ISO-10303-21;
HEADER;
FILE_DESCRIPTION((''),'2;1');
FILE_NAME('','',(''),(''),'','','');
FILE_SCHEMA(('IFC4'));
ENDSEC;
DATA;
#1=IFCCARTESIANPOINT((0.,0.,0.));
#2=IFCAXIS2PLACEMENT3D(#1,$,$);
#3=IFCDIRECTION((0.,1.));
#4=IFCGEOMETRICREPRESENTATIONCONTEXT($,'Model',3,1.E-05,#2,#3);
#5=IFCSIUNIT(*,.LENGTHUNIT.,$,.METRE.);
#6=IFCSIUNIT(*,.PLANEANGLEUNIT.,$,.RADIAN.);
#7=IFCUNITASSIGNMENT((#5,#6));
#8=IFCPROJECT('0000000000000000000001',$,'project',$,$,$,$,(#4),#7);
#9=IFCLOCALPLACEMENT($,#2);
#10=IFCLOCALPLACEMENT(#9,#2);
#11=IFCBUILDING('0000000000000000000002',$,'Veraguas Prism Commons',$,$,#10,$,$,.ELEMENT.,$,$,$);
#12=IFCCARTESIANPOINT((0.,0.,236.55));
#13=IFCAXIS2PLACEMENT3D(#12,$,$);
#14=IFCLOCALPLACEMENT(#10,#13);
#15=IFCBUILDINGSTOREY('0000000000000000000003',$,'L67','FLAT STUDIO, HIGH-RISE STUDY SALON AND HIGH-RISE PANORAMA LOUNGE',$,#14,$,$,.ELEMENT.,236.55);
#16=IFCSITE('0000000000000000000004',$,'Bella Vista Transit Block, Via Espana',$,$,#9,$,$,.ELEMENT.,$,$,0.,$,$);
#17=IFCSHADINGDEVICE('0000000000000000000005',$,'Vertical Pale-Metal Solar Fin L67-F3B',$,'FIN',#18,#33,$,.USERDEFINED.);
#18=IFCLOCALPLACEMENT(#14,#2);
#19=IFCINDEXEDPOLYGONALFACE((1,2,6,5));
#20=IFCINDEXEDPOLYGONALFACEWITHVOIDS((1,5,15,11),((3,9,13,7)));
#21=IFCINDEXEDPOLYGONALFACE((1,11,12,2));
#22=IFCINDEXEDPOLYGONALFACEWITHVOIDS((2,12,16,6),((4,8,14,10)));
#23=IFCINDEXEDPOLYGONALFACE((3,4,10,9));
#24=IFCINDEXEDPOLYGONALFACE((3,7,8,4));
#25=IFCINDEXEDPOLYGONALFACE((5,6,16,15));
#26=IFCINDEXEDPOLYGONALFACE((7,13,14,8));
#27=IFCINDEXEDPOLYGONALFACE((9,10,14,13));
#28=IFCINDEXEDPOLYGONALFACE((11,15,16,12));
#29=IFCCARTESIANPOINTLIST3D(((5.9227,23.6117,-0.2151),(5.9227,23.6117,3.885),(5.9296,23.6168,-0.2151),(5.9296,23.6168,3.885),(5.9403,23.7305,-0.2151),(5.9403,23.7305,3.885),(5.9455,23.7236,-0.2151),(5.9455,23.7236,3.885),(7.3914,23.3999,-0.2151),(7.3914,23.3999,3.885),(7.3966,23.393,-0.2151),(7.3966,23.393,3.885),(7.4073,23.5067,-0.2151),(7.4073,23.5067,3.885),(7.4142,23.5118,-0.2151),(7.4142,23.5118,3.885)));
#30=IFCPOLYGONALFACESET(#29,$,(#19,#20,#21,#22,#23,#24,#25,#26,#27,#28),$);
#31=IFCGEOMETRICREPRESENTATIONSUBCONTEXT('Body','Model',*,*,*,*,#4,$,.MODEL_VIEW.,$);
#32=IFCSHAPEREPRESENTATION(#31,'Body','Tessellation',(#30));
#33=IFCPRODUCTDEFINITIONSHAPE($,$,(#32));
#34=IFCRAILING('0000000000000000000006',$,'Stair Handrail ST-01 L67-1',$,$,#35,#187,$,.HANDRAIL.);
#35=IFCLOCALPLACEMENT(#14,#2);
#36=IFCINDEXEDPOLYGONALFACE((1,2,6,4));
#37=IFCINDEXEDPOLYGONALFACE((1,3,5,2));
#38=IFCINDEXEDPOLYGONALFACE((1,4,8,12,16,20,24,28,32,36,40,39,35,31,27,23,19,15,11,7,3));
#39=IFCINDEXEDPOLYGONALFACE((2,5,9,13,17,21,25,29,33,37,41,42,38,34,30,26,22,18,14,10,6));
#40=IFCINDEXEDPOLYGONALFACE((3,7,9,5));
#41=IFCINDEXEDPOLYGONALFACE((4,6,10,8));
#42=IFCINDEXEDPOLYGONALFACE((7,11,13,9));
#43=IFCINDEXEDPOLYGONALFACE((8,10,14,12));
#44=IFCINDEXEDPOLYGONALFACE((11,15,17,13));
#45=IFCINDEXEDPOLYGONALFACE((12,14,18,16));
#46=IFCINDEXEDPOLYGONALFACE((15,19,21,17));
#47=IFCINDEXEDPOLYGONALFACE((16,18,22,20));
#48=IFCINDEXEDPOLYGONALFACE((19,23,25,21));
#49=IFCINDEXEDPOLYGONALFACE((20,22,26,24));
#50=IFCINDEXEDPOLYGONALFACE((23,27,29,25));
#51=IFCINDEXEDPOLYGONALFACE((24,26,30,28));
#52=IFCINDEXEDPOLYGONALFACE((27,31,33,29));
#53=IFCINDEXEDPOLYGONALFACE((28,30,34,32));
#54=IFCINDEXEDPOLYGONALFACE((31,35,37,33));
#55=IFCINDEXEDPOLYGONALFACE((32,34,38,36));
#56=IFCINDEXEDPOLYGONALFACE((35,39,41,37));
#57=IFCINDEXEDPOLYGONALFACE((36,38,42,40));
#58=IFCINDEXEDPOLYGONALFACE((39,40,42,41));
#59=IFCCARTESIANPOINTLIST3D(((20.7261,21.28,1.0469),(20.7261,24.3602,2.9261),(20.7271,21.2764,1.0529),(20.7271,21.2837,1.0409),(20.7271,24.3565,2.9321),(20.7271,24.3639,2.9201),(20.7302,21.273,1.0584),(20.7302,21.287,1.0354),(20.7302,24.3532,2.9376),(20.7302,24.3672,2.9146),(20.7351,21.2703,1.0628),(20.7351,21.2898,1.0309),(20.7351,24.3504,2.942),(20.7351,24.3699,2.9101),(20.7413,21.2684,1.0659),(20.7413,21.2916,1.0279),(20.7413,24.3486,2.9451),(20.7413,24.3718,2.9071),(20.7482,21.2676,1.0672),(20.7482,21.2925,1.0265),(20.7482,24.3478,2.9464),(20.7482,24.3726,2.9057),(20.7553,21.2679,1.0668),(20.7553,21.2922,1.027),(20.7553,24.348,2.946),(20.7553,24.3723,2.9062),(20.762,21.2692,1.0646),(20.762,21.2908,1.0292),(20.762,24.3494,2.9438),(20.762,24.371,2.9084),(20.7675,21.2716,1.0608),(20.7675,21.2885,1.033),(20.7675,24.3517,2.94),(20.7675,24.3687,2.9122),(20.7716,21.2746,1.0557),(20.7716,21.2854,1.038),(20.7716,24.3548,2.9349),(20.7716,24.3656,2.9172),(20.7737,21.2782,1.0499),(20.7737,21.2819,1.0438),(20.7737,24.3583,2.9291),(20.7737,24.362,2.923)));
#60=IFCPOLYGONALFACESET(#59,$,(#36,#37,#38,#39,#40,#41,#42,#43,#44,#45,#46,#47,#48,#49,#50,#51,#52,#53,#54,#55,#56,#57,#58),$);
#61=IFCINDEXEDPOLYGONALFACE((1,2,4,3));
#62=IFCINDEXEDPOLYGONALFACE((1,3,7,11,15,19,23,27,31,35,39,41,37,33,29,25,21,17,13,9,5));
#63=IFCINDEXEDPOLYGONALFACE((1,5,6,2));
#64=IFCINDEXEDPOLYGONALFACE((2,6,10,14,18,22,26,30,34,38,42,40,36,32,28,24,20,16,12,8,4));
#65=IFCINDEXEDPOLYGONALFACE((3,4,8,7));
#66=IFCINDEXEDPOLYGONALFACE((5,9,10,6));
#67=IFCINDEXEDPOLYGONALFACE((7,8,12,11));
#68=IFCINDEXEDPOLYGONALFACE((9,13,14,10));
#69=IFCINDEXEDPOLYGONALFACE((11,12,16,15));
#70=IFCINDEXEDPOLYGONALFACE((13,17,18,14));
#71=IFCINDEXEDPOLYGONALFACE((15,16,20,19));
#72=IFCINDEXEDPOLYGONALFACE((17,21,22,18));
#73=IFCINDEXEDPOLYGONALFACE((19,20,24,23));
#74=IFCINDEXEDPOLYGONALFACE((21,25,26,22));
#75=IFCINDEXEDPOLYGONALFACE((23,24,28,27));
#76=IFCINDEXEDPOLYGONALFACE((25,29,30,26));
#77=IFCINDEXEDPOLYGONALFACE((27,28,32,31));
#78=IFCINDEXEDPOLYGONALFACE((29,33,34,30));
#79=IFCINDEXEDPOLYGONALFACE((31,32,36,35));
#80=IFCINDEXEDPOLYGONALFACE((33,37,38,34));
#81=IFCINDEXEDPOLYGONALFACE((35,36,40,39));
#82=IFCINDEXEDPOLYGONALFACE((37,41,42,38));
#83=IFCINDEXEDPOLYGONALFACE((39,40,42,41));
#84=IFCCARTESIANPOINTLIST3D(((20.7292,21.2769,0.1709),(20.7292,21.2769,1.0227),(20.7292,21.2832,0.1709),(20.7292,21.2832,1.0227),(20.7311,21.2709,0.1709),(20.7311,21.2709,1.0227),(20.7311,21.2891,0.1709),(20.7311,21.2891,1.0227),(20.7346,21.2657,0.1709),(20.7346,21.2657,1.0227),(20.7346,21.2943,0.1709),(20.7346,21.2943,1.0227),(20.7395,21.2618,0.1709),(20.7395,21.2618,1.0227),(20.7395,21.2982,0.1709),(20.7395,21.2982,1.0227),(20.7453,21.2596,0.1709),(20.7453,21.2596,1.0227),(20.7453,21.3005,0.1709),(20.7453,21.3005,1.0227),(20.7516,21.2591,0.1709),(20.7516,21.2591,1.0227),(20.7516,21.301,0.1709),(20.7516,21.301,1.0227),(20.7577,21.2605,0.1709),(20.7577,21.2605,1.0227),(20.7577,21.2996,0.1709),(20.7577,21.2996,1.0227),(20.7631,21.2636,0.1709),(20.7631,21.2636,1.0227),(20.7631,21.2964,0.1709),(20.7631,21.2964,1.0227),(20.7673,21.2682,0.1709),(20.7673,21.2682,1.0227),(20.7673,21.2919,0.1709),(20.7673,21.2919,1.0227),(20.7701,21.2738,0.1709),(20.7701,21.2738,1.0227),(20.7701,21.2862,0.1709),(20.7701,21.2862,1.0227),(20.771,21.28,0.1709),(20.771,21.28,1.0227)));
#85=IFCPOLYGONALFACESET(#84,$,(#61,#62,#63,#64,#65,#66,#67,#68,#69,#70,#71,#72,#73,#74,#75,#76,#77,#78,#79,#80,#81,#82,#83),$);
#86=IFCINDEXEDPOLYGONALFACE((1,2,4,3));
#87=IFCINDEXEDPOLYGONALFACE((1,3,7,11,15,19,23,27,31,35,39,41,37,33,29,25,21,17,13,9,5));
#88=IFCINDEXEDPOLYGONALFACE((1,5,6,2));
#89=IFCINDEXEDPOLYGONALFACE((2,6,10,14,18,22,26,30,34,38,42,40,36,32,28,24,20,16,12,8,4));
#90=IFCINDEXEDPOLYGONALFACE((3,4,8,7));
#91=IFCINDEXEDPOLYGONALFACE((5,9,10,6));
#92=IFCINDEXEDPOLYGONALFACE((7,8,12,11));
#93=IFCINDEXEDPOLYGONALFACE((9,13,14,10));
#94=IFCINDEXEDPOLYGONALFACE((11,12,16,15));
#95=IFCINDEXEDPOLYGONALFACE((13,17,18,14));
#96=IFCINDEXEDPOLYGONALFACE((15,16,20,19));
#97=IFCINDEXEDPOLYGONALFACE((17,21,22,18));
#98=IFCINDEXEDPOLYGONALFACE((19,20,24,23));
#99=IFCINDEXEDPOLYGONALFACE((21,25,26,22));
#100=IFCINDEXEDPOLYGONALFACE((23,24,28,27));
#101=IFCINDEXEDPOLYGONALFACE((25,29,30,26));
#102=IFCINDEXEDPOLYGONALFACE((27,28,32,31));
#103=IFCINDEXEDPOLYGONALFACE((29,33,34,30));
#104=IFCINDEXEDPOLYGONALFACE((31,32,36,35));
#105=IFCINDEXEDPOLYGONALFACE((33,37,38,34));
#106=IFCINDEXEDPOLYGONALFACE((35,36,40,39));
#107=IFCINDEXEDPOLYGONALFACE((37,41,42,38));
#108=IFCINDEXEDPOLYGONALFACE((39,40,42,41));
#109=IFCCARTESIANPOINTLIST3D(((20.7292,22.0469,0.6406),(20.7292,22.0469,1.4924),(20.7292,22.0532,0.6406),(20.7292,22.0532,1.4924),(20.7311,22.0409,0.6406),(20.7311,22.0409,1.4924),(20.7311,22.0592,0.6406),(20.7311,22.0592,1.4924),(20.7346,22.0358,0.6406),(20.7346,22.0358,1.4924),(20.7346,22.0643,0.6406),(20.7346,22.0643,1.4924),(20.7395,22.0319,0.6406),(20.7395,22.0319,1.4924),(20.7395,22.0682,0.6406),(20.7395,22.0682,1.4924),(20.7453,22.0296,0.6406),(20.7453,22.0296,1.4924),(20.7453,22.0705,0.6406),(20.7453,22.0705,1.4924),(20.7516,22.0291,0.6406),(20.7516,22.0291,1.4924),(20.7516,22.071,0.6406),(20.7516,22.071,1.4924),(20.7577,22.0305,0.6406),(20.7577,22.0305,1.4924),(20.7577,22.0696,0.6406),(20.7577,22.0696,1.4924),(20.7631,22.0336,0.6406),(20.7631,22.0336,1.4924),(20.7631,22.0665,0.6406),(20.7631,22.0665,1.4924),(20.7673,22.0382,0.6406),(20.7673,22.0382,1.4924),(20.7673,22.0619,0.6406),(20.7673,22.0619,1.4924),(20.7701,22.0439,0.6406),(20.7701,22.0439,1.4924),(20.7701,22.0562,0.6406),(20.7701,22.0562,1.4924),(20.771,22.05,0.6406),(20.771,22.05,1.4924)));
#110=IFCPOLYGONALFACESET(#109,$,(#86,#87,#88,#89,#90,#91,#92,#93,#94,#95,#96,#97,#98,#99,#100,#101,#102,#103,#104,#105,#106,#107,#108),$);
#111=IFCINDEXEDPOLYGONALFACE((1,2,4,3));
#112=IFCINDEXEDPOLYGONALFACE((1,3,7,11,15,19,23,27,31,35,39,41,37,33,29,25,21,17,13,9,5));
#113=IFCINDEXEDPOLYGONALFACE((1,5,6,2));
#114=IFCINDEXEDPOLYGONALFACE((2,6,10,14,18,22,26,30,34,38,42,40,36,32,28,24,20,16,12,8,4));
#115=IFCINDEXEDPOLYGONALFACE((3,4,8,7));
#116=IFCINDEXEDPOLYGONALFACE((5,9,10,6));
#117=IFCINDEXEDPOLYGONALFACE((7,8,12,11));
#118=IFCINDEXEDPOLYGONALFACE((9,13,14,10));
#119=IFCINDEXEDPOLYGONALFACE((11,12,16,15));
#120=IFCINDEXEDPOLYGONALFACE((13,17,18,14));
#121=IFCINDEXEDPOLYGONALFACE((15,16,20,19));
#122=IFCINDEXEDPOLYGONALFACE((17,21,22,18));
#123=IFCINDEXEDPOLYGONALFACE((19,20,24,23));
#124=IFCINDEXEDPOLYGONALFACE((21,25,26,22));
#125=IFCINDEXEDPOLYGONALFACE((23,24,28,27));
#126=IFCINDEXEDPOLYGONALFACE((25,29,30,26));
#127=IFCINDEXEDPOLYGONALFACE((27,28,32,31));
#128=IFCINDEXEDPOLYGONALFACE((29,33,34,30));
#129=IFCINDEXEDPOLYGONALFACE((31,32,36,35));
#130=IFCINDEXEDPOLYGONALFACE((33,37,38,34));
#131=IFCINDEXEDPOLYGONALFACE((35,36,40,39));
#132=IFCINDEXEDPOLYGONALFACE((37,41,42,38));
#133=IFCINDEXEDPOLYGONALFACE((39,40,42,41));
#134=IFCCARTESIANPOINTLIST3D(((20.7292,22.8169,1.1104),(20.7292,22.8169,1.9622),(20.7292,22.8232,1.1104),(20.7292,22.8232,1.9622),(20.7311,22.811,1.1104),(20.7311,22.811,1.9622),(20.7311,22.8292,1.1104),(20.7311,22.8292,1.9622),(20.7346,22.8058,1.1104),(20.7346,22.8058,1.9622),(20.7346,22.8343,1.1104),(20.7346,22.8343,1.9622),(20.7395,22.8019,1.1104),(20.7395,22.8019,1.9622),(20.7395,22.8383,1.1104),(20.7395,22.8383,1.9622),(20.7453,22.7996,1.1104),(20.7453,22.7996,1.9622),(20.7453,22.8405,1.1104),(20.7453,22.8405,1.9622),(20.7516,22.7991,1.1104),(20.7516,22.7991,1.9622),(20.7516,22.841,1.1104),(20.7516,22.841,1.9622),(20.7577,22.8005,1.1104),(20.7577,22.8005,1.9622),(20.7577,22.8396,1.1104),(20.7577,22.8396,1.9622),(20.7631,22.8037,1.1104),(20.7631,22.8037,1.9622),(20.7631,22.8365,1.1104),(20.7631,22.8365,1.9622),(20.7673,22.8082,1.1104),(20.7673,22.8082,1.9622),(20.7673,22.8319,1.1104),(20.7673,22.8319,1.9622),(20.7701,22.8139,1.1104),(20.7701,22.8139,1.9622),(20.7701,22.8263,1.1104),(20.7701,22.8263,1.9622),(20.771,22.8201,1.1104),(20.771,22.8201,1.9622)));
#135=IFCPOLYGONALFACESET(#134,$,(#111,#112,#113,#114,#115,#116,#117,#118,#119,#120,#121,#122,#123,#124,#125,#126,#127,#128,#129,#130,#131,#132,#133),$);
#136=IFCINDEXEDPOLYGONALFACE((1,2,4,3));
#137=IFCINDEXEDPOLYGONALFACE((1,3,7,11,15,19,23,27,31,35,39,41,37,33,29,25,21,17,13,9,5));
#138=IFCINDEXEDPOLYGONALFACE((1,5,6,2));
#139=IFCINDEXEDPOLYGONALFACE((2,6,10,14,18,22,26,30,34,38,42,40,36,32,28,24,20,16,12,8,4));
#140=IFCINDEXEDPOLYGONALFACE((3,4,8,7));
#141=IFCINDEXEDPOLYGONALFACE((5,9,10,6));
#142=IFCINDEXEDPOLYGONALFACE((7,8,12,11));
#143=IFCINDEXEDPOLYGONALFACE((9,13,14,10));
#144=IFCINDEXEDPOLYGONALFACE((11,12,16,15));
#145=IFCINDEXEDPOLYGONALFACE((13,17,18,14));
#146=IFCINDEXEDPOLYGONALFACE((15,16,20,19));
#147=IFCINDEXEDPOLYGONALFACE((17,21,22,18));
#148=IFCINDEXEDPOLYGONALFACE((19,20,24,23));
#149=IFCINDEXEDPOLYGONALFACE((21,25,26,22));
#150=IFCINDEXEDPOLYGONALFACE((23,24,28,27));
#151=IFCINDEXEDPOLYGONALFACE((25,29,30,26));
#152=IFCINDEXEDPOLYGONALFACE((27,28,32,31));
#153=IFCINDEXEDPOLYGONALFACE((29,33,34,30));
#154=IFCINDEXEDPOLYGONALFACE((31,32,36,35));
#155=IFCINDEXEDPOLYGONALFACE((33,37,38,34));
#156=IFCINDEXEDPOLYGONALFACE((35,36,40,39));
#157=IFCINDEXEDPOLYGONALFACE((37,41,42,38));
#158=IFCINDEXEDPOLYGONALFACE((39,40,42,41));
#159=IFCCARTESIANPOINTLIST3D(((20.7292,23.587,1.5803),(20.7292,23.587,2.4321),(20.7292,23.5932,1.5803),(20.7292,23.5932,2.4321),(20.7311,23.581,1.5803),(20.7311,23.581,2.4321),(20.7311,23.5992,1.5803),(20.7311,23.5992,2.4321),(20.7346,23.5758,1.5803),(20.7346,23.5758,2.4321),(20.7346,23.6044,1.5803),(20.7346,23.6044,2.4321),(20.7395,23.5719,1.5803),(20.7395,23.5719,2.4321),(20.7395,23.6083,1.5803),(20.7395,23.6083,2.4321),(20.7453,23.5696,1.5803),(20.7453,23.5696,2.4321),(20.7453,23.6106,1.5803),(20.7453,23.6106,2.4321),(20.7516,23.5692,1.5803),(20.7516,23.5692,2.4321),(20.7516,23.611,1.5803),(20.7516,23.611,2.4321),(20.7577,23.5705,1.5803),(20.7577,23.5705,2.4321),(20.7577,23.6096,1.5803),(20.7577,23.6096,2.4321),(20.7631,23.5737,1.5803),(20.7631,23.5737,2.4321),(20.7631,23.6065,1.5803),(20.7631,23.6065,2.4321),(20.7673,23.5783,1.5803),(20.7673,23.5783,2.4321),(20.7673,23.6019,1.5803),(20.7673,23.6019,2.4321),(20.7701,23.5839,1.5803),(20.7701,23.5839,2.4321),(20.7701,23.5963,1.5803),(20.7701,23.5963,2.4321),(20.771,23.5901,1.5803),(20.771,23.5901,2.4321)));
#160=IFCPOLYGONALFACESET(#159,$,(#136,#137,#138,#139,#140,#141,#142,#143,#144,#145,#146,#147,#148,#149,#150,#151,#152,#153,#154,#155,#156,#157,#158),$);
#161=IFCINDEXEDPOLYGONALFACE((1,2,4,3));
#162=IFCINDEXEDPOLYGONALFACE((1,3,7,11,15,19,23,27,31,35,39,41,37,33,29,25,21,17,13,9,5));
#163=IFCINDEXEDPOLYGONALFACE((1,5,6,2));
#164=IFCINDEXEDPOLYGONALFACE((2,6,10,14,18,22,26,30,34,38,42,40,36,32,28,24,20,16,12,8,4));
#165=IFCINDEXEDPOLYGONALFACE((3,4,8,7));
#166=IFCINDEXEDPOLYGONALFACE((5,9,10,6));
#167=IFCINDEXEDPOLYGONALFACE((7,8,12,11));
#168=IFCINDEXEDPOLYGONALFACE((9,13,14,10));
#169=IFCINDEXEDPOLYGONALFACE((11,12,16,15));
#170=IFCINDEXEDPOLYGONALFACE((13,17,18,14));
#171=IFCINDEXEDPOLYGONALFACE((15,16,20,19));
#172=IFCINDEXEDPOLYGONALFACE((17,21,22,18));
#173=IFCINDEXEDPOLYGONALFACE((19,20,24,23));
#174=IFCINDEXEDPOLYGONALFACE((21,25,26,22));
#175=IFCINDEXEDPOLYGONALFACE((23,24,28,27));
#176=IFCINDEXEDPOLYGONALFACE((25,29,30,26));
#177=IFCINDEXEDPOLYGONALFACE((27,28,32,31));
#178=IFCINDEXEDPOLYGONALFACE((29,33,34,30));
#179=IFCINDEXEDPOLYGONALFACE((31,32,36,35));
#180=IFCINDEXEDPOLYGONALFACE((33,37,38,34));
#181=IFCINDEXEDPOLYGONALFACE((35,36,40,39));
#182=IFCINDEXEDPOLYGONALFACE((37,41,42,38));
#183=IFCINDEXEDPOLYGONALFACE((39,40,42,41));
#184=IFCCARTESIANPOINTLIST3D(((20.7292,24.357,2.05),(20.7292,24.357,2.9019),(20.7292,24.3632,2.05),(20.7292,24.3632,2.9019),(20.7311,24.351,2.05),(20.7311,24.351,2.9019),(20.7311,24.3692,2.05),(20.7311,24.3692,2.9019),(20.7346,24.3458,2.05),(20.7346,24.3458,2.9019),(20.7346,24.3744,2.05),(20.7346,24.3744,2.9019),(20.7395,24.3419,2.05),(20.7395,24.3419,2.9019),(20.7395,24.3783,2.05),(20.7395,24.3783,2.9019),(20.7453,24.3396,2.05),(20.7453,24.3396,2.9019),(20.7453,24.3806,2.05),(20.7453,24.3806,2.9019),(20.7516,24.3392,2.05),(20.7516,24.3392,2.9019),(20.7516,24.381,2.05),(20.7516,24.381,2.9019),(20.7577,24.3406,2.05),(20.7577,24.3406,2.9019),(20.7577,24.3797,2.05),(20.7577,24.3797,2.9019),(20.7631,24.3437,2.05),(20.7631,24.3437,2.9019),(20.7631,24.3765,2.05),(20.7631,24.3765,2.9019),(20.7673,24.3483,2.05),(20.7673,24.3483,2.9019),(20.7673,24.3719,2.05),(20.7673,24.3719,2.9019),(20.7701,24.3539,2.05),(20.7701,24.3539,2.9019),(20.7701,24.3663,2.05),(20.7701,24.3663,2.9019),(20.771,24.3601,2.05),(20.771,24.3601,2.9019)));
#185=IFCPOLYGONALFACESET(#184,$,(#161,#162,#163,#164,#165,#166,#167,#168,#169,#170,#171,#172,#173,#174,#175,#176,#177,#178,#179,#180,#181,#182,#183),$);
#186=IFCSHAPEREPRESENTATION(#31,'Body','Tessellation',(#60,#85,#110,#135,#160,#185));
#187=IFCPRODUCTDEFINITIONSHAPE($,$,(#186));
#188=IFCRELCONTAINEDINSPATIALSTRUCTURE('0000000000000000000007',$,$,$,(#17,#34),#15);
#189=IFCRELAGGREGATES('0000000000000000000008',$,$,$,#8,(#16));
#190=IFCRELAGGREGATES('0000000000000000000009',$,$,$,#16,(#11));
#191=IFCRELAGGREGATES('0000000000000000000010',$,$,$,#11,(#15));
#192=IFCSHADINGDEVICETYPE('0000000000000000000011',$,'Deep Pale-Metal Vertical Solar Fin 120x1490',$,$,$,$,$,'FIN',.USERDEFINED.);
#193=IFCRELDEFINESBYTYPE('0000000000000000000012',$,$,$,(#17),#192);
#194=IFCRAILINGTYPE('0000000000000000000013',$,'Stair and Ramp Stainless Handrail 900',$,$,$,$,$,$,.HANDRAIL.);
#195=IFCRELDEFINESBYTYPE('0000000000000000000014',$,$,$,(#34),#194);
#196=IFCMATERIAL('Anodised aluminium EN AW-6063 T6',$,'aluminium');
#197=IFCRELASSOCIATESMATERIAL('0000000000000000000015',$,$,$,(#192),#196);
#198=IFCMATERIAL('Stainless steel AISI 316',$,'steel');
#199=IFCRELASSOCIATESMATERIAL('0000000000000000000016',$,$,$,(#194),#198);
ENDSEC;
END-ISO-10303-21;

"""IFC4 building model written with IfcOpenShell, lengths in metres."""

from ifc_helpers import new_model, si_unit, direction, frame, origin, origin_2d, place, context, subcontext, project, spatial, hollow_rectangle, circle, extrude, material, material_profile, profile_set, type_object, element, save


model = new_model("IFC4")

# Units and contexts
model_context = context("Model", 3, precision=1e-05, world=origin(), true_north=direction((0.0, 1.0)))
body_context = subcontext(model_context, "Body", "Model", "MODEL_VIEW")
ifc_project = project(units=[si_unit("LENGTHUNIT", "METRE"), si_unit("PLANEANGLEUNIT", "RADIAN")], contexts=[model_context])

# Site, building, storey
site_placement = place(None, origin())
site = spatial("IfcSite", under=ifc_project, at=site_placement, Name="Bella Vista Transit Block, Via Espana", CompositionType="ELEMENT", RefElevation=0.0)
building_placement = place(site_placement, origin())
building = spatial("IfcBuilding", under=site, at=building_placement, Name="Veraguas Prism Commons", CompositionType="ELEMENT")
storey_placement = place(building_placement, frame((0.0, 0.0, 236.55)))
storey = spatial("IfcBuildingStorey", under=building, at=storey_placement, Name="L67", Description="FLAT STUDIO, HIGH-RISE STUDY SALON AND HIGH-RISE PANORAMA LOUNGE", CompositionType="ELEMENT", Elevation=236.55)

# Shared definitions
ifc_material_1 = material(Name="Anodised aluminium EN AW-6063 T6", Category="aluminium")

# Shading device
ifc_material_profile_1 = material_profile(ifc_material_1, hollow_rectangle(XDim=0.1201, YDim=1.49, WallThickness=0.0061, at=origin_2d()), Name="FIN120X1490X6")
ifc_profile_set_1 = profile_set([ifc_material_profile_1], Name="Anodised aluminium EN AW-6063 T6")
shading_device_type = type_object("IfcShadingDeviceType", Name="Deep Pale-Metal Vertical Solar Fin 120x1490", ElementType="FIN", PredefinedType="USERDEFINED", material=ifc_profile_set_1)
for number, where, z_axis, x_axis, name in (
    (1, (6.6685, 23.5618, -0.2151), (0.0, 0.0, 1.0), (-0.146772, -0.98917, 0.0), "Vertical Pale-Metal Solar Fin L67-F3B"),
):
    element("IfcShadingDevice", number, at=place(storey_placement, frame(where, z_axis=z_axis, x_axis=x_axis)), inside=storey, type_object=shading_device_type, Name=name, ObjectType="FIN", PredefinedType="USERDEFINED", context=body_context, shape_type="SweptSolid", body=[
        extrude(hollow_rectangle(XDim=0.1201, YDim=1.49, WallThickness=0.0061, at=origin_2d()), origin(), (0.0, 0.0, 1.0), 4.1001),
    ])

# Railing
ifc_material_2 = material(Name="Stainless steel AISI 316", Category="steel")
railing_type_1 = type_object("IfcRailingType", Name="Stair and Ramp Stainless Handrail 900", PredefinedType="HANDRAIL", material=ifc_material_2)
railing_1_placement = place(storey_placement, frame((20.75, 21.28, 0.1709)))
element("IfcRailing", 2, at=railing_1_placement, inside=storey, type_object=railing_type_1, Name="Stair Handrail ST-01 L67-1", PredefinedType="HANDRAIL", context=body_context, shape_type="SweptSolid", body=[
    extrude(circle(Radius=0.0239, at=origin_2d()), frame((0.0, 0.0, 0.876), z_axis=(0.0, 0.853666, 0.52082), x_axis=(-1.0, 0.0, 0.0)), (0.0, 0.0, 1.0), 3.6082),
    extrude(circle(Radius=0.021, at=origin_2d()), origin(), (0.0, 0.0, 1.0), 0.8518),
    extrude(circle(Radius=0.021, at=origin_2d()), frame((0.0, 0.77, 0.4697)), (0.0, 0.0, 1.0), 0.8518),
    extrude(circle(Radius=0.021, at=origin_2d()), frame((0.0, 1.54, 0.9395)), (0.0, 0.0, 1.0), 0.8518),
    extrude(circle(Radius=0.021, at=origin_2d()), frame((0.0, 2.3101, 1.4094)), (0.0, 0.0, 1.0), 0.8518),
    extrude(circle(Radius=0.021, at=origin_2d()), frame((0.0, 3.0801, 1.8792)), (0.0, 0.0, 1.0), 0.8518),
])

save(model, "model.ifc")
